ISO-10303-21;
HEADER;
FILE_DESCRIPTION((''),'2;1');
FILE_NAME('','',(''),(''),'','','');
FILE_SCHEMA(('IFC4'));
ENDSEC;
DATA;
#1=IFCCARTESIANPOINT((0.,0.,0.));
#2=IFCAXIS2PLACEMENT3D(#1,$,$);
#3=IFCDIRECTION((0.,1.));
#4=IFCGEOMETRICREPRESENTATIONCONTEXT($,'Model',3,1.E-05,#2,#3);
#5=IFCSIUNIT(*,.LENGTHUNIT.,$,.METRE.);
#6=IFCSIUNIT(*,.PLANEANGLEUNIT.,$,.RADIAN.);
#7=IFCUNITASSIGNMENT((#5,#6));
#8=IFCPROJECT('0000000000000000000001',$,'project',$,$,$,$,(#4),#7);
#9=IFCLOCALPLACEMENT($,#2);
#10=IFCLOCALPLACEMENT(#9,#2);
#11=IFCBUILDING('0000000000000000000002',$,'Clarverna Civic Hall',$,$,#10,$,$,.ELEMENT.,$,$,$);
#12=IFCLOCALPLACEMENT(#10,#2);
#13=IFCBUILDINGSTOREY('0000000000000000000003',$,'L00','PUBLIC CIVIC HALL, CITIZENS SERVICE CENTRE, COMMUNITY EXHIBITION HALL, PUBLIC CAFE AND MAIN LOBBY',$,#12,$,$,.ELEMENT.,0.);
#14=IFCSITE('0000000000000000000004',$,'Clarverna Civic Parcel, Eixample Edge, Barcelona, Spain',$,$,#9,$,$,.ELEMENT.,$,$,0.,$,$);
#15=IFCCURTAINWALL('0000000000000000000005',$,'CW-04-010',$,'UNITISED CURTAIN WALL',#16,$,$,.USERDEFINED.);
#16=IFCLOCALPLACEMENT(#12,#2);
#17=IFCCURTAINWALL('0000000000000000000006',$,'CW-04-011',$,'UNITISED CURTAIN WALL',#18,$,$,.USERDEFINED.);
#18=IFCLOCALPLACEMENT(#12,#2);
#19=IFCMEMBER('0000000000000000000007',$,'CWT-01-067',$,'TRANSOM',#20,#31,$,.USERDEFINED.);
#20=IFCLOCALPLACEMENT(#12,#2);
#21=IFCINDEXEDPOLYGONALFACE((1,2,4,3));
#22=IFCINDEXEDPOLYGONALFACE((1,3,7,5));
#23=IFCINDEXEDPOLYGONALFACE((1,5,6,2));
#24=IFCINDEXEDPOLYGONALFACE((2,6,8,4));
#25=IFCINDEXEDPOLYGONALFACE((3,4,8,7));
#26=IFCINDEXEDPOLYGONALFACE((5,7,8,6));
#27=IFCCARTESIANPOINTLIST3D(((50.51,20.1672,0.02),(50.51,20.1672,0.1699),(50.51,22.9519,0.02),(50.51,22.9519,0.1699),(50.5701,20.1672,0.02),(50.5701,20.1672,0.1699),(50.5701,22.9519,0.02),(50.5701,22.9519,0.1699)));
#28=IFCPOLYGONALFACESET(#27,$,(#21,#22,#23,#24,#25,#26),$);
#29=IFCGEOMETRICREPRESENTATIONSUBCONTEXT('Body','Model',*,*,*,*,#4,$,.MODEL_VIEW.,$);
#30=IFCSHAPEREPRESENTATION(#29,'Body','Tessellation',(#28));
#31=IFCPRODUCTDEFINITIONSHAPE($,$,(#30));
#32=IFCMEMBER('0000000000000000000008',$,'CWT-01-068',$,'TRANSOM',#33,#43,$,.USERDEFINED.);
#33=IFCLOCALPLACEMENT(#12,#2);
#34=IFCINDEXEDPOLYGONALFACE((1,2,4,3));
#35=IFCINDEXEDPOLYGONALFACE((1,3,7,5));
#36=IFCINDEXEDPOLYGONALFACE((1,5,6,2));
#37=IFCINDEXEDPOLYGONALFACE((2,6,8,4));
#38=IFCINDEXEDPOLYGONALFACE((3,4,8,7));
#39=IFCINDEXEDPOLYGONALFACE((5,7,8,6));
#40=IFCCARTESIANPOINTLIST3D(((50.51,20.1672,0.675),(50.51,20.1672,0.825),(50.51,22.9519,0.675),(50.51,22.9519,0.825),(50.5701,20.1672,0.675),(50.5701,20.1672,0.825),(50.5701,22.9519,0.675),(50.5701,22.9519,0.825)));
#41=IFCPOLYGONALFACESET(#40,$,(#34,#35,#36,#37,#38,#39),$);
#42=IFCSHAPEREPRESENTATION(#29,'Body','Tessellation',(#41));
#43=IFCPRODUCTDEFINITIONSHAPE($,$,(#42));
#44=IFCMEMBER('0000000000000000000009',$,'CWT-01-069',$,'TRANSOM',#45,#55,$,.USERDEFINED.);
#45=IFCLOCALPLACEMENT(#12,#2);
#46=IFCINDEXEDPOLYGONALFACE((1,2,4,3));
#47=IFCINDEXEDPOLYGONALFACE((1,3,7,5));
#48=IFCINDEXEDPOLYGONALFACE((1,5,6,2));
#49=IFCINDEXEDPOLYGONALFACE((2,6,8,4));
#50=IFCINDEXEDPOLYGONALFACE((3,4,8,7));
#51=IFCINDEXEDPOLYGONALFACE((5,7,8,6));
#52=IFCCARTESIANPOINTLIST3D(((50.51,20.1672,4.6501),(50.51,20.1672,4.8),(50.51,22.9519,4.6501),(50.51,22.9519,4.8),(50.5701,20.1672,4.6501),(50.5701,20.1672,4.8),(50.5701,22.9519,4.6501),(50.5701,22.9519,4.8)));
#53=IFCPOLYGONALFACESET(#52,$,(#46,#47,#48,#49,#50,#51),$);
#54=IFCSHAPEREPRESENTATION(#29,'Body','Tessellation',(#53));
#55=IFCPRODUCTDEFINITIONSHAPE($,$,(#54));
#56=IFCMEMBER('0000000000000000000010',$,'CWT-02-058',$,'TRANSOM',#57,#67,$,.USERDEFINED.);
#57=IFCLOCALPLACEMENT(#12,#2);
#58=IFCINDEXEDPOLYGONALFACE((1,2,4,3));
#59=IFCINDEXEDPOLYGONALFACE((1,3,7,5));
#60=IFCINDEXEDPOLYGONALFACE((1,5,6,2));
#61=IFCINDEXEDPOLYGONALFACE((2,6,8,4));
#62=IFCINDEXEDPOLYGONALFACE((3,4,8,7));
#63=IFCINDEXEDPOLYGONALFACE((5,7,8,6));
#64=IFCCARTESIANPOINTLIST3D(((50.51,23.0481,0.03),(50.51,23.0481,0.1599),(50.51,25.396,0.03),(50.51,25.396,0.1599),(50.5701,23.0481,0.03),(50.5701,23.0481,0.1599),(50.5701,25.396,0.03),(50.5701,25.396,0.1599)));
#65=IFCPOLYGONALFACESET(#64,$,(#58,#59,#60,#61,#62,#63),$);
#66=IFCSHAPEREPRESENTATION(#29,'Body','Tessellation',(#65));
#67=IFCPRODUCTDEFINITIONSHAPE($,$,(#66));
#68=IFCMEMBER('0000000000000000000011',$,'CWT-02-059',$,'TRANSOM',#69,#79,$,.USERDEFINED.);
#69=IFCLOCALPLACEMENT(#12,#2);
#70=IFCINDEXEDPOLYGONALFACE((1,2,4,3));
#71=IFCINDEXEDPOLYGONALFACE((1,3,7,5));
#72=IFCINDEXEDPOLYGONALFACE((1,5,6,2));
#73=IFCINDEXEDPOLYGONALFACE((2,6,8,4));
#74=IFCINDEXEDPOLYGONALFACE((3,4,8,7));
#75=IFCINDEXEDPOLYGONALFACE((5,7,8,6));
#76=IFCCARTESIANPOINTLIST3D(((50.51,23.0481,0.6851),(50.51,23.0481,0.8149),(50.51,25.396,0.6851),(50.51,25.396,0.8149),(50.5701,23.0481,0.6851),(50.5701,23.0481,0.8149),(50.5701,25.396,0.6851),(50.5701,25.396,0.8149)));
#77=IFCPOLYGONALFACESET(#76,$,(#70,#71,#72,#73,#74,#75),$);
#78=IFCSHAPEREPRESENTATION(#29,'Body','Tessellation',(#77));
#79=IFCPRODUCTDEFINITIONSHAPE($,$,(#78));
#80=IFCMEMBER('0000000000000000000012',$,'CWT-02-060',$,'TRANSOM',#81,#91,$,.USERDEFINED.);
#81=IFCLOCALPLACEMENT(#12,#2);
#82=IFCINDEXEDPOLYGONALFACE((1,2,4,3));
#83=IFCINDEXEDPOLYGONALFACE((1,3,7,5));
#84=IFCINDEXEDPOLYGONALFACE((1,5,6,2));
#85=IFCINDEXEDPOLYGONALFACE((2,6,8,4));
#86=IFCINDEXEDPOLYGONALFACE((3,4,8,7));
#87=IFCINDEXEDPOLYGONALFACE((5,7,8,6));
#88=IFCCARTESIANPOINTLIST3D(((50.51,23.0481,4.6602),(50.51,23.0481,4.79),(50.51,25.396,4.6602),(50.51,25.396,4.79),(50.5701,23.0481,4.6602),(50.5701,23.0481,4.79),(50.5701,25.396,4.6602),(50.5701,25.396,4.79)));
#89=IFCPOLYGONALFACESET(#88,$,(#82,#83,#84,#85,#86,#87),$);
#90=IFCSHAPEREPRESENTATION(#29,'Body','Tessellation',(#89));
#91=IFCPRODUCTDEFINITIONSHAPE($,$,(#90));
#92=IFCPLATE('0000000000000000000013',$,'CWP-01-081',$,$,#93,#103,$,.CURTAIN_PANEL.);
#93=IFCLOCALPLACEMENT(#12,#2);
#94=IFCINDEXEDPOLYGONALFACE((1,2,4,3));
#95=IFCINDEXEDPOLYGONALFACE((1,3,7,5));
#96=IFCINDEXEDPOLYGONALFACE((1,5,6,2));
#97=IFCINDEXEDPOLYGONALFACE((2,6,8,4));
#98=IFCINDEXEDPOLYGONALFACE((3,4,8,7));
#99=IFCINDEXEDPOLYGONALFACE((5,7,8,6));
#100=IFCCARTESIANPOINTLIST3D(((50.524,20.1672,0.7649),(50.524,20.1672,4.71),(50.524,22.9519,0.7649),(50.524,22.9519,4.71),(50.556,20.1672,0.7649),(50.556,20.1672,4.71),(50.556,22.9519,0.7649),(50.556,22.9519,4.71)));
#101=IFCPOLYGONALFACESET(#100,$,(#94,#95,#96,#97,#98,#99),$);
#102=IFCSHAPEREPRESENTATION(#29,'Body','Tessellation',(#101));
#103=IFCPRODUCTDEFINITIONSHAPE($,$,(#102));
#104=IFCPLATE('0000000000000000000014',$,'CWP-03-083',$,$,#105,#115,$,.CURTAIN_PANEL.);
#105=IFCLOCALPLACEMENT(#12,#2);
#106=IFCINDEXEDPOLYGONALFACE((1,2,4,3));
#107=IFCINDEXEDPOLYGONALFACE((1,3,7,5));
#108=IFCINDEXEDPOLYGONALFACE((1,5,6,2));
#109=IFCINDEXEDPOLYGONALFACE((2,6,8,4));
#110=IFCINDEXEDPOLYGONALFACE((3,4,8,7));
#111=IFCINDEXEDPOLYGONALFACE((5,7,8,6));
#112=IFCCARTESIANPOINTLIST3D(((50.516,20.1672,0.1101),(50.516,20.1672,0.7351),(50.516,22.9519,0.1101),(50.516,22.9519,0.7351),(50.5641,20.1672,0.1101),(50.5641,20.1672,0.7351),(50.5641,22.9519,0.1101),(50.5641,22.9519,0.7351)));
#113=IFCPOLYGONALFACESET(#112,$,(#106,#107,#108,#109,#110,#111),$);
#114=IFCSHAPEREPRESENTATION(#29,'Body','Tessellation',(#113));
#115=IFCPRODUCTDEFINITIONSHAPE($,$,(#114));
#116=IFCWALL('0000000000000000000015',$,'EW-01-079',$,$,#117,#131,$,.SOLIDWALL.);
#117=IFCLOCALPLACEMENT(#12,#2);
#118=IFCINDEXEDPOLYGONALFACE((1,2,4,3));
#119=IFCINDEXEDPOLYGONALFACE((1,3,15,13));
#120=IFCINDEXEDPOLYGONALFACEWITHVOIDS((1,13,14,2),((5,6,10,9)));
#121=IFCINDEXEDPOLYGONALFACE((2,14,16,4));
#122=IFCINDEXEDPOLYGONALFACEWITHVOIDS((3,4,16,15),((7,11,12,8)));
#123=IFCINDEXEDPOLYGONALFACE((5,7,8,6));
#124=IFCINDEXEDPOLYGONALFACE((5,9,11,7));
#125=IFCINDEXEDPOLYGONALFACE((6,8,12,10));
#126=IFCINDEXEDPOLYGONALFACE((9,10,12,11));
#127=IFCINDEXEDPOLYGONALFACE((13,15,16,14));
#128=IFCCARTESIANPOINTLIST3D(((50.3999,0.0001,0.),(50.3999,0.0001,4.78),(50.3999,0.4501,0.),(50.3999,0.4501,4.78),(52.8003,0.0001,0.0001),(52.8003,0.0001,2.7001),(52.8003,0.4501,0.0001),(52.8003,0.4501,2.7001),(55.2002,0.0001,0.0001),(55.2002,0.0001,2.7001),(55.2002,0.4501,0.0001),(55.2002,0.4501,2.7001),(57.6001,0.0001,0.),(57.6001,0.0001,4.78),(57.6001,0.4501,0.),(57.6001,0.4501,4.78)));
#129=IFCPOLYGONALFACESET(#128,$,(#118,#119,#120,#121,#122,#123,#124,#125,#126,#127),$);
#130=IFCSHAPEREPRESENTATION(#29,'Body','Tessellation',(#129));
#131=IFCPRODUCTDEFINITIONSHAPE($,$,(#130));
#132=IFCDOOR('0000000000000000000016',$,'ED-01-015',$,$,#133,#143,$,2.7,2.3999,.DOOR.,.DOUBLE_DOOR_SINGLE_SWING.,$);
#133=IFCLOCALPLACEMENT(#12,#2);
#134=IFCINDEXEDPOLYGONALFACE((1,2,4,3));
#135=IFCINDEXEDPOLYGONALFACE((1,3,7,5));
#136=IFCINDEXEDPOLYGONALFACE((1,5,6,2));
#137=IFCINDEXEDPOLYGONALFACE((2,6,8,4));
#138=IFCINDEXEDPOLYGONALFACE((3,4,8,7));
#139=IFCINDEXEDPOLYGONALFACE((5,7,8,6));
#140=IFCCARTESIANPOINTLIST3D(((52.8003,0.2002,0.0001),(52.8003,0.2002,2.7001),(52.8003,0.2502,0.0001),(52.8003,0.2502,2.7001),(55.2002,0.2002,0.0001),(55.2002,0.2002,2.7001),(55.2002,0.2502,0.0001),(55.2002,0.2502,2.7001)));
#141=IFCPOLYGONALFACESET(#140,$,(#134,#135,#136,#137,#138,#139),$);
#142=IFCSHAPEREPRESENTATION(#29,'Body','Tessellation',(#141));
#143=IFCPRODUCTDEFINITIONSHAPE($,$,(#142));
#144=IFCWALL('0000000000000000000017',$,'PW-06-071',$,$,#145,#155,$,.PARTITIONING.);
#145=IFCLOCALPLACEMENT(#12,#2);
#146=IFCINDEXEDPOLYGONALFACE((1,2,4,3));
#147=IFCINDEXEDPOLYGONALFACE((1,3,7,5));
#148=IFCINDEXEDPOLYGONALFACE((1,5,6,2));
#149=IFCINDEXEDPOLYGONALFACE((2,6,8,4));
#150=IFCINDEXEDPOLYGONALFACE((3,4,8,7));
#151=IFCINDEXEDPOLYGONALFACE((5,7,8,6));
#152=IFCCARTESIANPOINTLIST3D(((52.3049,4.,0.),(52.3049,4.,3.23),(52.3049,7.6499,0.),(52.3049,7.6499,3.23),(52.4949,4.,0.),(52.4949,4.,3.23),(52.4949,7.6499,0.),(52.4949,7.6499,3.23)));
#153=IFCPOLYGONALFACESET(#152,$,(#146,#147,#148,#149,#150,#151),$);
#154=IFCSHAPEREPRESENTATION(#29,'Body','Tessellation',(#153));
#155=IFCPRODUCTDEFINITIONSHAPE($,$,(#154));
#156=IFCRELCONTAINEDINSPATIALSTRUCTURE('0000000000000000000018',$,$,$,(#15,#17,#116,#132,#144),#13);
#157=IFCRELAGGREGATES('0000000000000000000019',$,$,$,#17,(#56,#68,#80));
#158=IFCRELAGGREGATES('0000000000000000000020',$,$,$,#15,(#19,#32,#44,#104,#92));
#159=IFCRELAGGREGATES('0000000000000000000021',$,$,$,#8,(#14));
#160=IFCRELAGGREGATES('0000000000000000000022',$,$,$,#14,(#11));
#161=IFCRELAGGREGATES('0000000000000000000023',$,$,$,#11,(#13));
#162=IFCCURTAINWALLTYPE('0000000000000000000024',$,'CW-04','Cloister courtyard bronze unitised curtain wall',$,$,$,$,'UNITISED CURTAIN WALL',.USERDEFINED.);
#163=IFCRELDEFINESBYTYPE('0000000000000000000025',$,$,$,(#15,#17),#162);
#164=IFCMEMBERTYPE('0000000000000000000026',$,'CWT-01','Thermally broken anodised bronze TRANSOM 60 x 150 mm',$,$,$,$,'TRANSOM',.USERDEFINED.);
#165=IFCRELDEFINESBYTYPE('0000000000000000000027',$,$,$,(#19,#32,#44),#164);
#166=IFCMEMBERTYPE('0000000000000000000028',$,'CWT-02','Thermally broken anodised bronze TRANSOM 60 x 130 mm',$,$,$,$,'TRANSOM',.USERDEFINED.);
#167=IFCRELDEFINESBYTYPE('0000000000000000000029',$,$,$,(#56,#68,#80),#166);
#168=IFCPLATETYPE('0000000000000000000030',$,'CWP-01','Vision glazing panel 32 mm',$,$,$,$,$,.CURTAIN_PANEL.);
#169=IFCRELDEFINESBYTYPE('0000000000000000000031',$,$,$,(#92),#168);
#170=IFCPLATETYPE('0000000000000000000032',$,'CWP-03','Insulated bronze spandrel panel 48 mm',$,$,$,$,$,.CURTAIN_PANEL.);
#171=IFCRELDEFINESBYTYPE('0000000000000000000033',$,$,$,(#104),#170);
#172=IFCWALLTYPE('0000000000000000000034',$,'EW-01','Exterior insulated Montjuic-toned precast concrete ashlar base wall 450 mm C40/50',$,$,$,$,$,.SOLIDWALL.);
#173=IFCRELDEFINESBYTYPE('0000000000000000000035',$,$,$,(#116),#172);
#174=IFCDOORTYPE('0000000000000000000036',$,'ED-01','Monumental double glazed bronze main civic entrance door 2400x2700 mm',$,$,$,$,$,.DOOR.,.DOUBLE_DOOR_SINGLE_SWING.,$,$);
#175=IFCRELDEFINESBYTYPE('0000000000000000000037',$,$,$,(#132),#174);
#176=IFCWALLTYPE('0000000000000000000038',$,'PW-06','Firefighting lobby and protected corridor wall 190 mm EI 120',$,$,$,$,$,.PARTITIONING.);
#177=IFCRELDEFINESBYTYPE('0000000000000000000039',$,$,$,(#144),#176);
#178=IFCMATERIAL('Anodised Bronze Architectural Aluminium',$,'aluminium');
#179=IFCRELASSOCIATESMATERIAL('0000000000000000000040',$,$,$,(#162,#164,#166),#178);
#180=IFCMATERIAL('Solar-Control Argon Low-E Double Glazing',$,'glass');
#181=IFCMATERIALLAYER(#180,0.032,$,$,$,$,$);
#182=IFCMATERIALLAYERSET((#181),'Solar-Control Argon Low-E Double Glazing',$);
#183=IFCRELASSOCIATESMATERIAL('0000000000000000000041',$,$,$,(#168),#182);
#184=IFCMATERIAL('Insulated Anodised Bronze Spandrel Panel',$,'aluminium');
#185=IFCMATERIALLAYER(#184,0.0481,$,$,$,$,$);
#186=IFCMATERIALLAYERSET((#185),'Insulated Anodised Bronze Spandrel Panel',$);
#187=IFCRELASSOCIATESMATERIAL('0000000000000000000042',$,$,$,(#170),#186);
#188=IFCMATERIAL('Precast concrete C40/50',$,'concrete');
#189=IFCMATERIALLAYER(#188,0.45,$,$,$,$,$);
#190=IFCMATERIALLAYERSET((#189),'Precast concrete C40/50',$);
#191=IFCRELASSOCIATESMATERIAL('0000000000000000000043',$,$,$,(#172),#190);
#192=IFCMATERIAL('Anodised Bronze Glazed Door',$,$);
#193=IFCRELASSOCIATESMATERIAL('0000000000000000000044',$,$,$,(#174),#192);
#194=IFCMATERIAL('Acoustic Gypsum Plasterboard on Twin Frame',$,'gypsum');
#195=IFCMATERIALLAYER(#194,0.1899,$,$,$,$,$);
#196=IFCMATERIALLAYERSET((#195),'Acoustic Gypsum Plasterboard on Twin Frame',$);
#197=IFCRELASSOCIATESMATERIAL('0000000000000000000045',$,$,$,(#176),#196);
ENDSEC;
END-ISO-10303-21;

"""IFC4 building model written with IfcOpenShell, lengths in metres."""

from ifc_helpers import new_model, si_unit, direction, frame, frame_2d, origin, origin_2d, place, context, subcontext, project, spatial, rectangle, extrude, material, layer, layer_set, material_profile, profile_set, type_object, element, fill, aggregate, save


model = new_model("IFC4")

# Units and contexts
model_context = context("Model", 3, precision=1e-05, world=origin(), true_north=direction((0.0, 1.0)))
body_context = subcontext(model_context, "Body", "Model", "MODEL_VIEW")
ifc_project = project(units=[si_unit("LENGTHUNIT", "METRE"), si_unit("PLANEANGLEUNIT", "RADIAN")], contexts=[model_context])

# Site, building, storey
site_placement = place(None, origin())
site = spatial("IfcSite", under=ifc_project, at=site_placement, Name="Clarverna Civic Parcel, Eixample Edge, Barcelona, Spain", CompositionType="ELEMENT", RefElevation=0.0)
building_placement = place(site_placement, origin())
building = spatial("IfcBuilding", under=site, at=building_placement, Name="Clarverna Civic Hall", CompositionType="ELEMENT")
storey_placement = place(building_placement, origin())
storey = spatial("IfcBuildingStorey", under=building, at=storey_placement, Name="L00", Description="PUBLIC CIVIC HALL, CITIZENS SERVICE CENTRE, COMMUNITY EXHIBITION HALL, PUBLIC CAFE AND MAIN LOBBY", CompositionType="ELEMENT", Elevation=0.0)

# Curtain wall
ifc_material_1 = material(Name="Anodised Bronze Architectural Aluminium", Category="aluminium")
curtain_wall_type = type_object("IfcCurtainWallType", Name="CW-04", Description="Cloister courtyard bronze unitised curtain wall", ElementType="UNITISED CURTAIN WALL", PredefinedType="USERDEFINED", material=ifc_material_1)
curtain_wall_1_placement = place(storey_placement, origin())
curtain_wall_1 = element("IfcCurtainWall", 1, at=curtain_wall_1_placement, inside=storey, type_object=curtain_wall_type, Name="CW-04-010", ObjectType="UNITISED CURTAIN WALL", PredefinedType="USERDEFINED")

# Curtain wall
curtain_wall_2_placement = place(storey_placement, origin())
curtain_wall_2 = element("IfcCurtainWall", 2, at=curtain_wall_2_placement, inside=storey, type_object=curtain_wall_type, Name="CW-04-011", ObjectType="UNITISED CURTAIN WALL", PredefinedType="USERDEFINED")

# Members
ifc_material_profile_1 = material_profile(ifc_material_1, rectangle(XDim=0.0601, YDim=0.1499, at=origin_2d()), Name="BRONZE 60x150")
ifc_profile_set_1 = profile_set([ifc_material_profile_1], Name="Anodised Bronze Architectural Aluminium")
member_type_1 = type_object("IfcMemberType", Name="CWT-01", Description="Thermally broken anodised bronze TRANSOM 60 x 150 mm", ElementType="TRANSOM", PredefinedType="USERDEFINED", material=ifc_profile_set_1)
member_1_placement = place(storey_placement, frame((50.54, 20.1672, 0.095), z_axis=(0.0, 1.0, 0.0), x_axis=(-1.0, 0.0, 0.0)))
member_1 = element("IfcMember", 3, at=member_1_placement, type_object=member_type_1, Name="CWT-01-067", ObjectType="TRANSOM", PredefinedType="USERDEFINED", context=body_context, shape_type="SweptSolid", body=[
    extrude(rectangle(XDim=0.0601, YDim=0.1499, at=origin_2d()), origin(), (0.0, 0.0, 1.0), 2.7847),
])
member_2_placement = place(storey_placement, frame((50.54, 20.1672, 0.75), z_axis=(0.0, 1.0, 0.0), x_axis=(-1.0, 0.0, 0.0)))
member_2 = element("IfcMember", 4, at=member_2_placement, type_object=member_type_1, Name="CWT-01-068", ObjectType="TRANSOM", PredefinedType="USERDEFINED", context=body_context, shape_type="SweptSolid", body=[
    extrude(rectangle(XDim=0.0601, YDim=0.1499, at=origin_2d()), origin(), (0.0, 0.0, 1.0), 2.7847),
])
member_3_placement = place(storey_placement, frame((50.54, 20.1672, 4.7251), z_axis=(0.0, 1.0, 0.0), x_axis=(-1.0, 0.0, 0.0)))
member_3 = element("IfcMember", 5, at=member_3_placement, type_object=member_type_1, Name="CWT-01-069", ObjectType="TRANSOM", PredefinedType="USERDEFINED", context=body_context, shape_type="SweptSolid", body=[
    extrude(rectangle(XDim=0.0601, YDim=0.1499, at=origin_2d()), origin(), (0.0, 0.0, 1.0), 2.7847),
])
ifc_material_profile_2 = material_profile(ifc_material_1, rectangle(XDim=0.0601, YDim=0.1299, at=origin_2d()), Name="BRONZE 60x130")
ifc_profile_set_2 = profile_set([ifc_material_profile_2], Name="Anodised Bronze Architectural Aluminium")
member_type_2 = type_object("IfcMemberType", Name="CWT-02", Description="Thermally broken anodised bronze TRANSOM 60 x 130 mm", ElementType="TRANSOM", PredefinedType="USERDEFINED", material=ifc_profile_set_2)
member_4_placement = place(storey_placement, frame((50.54, 23.0481, 0.095), z_axis=(0.0, 1.0, 0.0), x_axis=(-1.0, 0.0, 0.0)))
member_4 = element("IfcMember", 6, at=member_4_placement, type_object=member_type_2, Name="CWT-02-058", ObjectType="TRANSOM", PredefinedType="USERDEFINED", context=body_context, shape_type="SweptSolid", body=[
    extrude(rectangle(XDim=0.0601, YDim=0.1299, at=origin_2d()), origin(), (0.0, 0.0, 1.0), 2.3479),
])
member_5_placement = place(storey_placement, frame((50.54, 23.0481, 0.75), z_axis=(0.0, 1.0, 0.0), x_axis=(-1.0, 0.0, 0.0)))
member_5 = element("IfcMember", 7, at=member_5_placement, type_object=member_type_2, Name="CWT-02-059", ObjectType="TRANSOM", PredefinedType="USERDEFINED", context=body_context, shape_type="SweptSolid", body=[
    extrude(rectangle(XDim=0.0601, YDim=0.1299, at=origin_2d()), origin(), (0.0, 0.0, 1.0), 2.3479),
])
member_6_placement = place(storey_placement, frame((50.54, 23.0481, 4.7251), z_axis=(0.0, 1.0, 0.0), x_axis=(-1.0, 0.0, 0.0)))
member_6 = element("IfcMember", 8, at=member_6_placement, type_object=member_type_2, Name="CWT-02-060", ObjectType="TRANSOM", PredefinedType="USERDEFINED", context=body_context, shape_type="SweptSolid", body=[
    extrude(rectangle(XDim=0.0601, YDim=0.1299, at=origin_2d()), origin(), (0.0, 0.0, 1.0), 2.3479),
])
aggregate(curtain_wall_2, [member_4, member_5, member_6])

# Plates
ifc_material_2 = material(Name="Solar-Control Argon Low-E Double Glazing", Category="glass")
ifc_layer_1 = layer(ifc_material_2, 0.032)
ifc_layer_set_1 = layer_set([ifc_layer_1], Name="Solar-Control Argon Low-E Double Glazing")
plate_type_1 = type_object("IfcPlateType", Name="CWP-01", Description="Vision glazing panel 32 mm", PredefinedType="CURTAIN_PANEL", material=ifc_layer_set_1)
plate_1_placement = place(storey_placement, frame((50.54, 20.1672, 0.7649), z_axis=(0.0, 0.0, 1.0), x_axis=(0.0, 1.0, 0.0)))
plate_1 = element("IfcPlate", 9, at=plate_1_placement, type_object=plate_type_1, Name="CWP-01-081", PredefinedType="CURTAIN_PANEL", context=body_context, shape_type="SweptSolid", body=[
    extrude(rectangle(XDim=2.7847, YDim=0.032, at=frame_2d((1.3923, 0.0))), origin(), (0.0, 0.0, 1.0), 3.9451),
])
ifc_material_3 = material(Name="Insulated Anodised Bronze Spandrel Panel", Category="aluminium")
ifc_layer_2 = layer(ifc_material_3, 0.0481)
ifc_layer_set_2 = layer_set([ifc_layer_2], Name="Insulated Anodised Bronze Spandrel Panel")
plate_type_2 = type_object("IfcPlateType", Name="CWP-03", Description="Insulated bronze spandrel panel 48 mm", PredefinedType="CURTAIN_PANEL", material=ifc_layer_set_2)
plate_2_placement = place(storey_placement, frame((50.54, 20.1672, 0.1101), z_axis=(0.0, 0.0, 1.0), x_axis=(0.0, 1.0, 0.0)))
plate_2 = element("IfcPlate", 10, at=plate_2_placement, type_object=plate_type_2, Name="CWP-03-083", PredefinedType="CURTAIN_PANEL", context=body_context, shape_type="SweptSolid", body=[
    extrude(rectangle(XDim=2.7847, YDim=0.0481, at=frame_2d((1.3923, 0.0))), origin(), (0.0, 0.0, 1.0), 0.625),
])
aggregate(curtain_wall_1, [member_1, member_2, member_3, plate_2, plate_1])

# Wall, opening, door
ifc_material_4 = material(Name="Precast concrete C40/50", Category="concrete")
ifc_layer_3 = layer(ifc_material_4, 0.45)
ifc_layer_set_3 = layer_set([ifc_layer_3], Name="Precast concrete C40/50")
wall_type_1 = type_object("IfcWallType", Name="EW-01", Description="Exterior insulated Montjuic-toned precast concrete ashlar base wall 450 mm C40/50", PredefinedType="SOLIDWALL", material=ifc_layer_set_3)
wall_1_placement = place(storey_placement, frame((57.6001, 0.2251, 0.0), z_axis=(0.0, 0.0, 1.0), x_axis=(-1.0, 0.0, 0.0)))
wall_1 = element("IfcWall", 11, at=wall_1_placement, inside=storey, type_object=wall_type_1, Name="EW-01-079", PredefinedType="SOLIDWALL", context=body_context, shape_type="SweptSolid", body=[
    extrude(rectangle(XDim=7.2002, YDim=0.45, at=frame_2d((3.6001, 0.0))), origin(), (0.0, 0.0, 1.0), 4.78),
])
opening_1_placement = place(wall_1_placement, frame((2.3999, 0.0, 0.0)))
opening_1 = element("IfcOpeningElement", 12, at=opening_1_placement, cuts=wall_1, PredefinedType="OPENING", context=body_context, shape_type="SweptSolid", body=[
    extrude(rectangle(XDim=2.3999, YDim=2.7, at=frame_2d((1.2, 1.3501))), frame((0.0, 0.2349, 0.0), z_axis=(0.0, -1.0, 0.0), x_axis=(1.0, 0.0, 0.0)), (0.0, 0.0, 1.0), 0.47),
])
ifc_material_5 = material(Name="Anodised Bronze Glazed Door")
door_type_1 = type_object("IfcDoorType", Name="ED-01", Description="Monumental double glazed bronze main civic entrance door 2400x2700 mm", OperationType="DOUBLE_DOOR_SINGLE_SWING", PredefinedType="DOOR", material=ifc_material_5)
door_1_placement = place(opening_1_placement, origin())
door_1 = element("IfcDoor", 13, at=door_1_placement, inside=storey, type_object=door_type_1, Name="ED-01-015", OperationType="DOUBLE_DOOR_SINGLE_SWING", OverallHeight=2.7, OverallWidth=2.3999, PredefinedType="DOOR", context=body_context, shape_type="SweptSolid", body=[
    extrude(rectangle(XDim=2.3999, YDim=2.7, at=frame_2d((1.2, 1.3501))), frame((0.0, 0.0249, 0.0), z_axis=(0.0, -1.0, 0.0), x_axis=(1.0, 0.0, 0.0)), (0.0, 0.0, 1.0), 0.05),
])
fill(opening_1, door_1)

# Wall
ifc_material_6 = material(Name="Acoustic Gypsum Plasterboard on Twin Frame", Category="gypsum")
ifc_layer_4 = layer(ifc_material_6, 0.1899)
ifc_layer_set_4 = layer_set([ifc_layer_4], Name="Acoustic Gypsum Plasterboard on Twin Frame")
wall_type_2 = type_object("IfcWallType", Name="PW-06", Description="Firefighting lobby and protected corridor wall 190 mm EI 120", PredefinedType="PARTITIONING", material=ifc_layer_set_4)
wall_2_placement = place(storey_placement, frame((52.3999, 4.0, 0.0), z_axis=(0.0, 0.0, 1.0), x_axis=(0.0, 1.0, 0.0)))
element("IfcWall", 14, at=wall_2_placement, inside=storey, type_object=wall_type_2, Name="PW-06-071", PredefinedType="PARTITIONING", context=body_context, shape_type="SweptSolid", body=[
    extrude(rectangle(XDim=3.6499, YDim=0.1899, at=frame_2d((1.825, 0.0))), origin(), (0.0, 0.0, 1.0), 3.23),
])

save(model, "model.ifc")
